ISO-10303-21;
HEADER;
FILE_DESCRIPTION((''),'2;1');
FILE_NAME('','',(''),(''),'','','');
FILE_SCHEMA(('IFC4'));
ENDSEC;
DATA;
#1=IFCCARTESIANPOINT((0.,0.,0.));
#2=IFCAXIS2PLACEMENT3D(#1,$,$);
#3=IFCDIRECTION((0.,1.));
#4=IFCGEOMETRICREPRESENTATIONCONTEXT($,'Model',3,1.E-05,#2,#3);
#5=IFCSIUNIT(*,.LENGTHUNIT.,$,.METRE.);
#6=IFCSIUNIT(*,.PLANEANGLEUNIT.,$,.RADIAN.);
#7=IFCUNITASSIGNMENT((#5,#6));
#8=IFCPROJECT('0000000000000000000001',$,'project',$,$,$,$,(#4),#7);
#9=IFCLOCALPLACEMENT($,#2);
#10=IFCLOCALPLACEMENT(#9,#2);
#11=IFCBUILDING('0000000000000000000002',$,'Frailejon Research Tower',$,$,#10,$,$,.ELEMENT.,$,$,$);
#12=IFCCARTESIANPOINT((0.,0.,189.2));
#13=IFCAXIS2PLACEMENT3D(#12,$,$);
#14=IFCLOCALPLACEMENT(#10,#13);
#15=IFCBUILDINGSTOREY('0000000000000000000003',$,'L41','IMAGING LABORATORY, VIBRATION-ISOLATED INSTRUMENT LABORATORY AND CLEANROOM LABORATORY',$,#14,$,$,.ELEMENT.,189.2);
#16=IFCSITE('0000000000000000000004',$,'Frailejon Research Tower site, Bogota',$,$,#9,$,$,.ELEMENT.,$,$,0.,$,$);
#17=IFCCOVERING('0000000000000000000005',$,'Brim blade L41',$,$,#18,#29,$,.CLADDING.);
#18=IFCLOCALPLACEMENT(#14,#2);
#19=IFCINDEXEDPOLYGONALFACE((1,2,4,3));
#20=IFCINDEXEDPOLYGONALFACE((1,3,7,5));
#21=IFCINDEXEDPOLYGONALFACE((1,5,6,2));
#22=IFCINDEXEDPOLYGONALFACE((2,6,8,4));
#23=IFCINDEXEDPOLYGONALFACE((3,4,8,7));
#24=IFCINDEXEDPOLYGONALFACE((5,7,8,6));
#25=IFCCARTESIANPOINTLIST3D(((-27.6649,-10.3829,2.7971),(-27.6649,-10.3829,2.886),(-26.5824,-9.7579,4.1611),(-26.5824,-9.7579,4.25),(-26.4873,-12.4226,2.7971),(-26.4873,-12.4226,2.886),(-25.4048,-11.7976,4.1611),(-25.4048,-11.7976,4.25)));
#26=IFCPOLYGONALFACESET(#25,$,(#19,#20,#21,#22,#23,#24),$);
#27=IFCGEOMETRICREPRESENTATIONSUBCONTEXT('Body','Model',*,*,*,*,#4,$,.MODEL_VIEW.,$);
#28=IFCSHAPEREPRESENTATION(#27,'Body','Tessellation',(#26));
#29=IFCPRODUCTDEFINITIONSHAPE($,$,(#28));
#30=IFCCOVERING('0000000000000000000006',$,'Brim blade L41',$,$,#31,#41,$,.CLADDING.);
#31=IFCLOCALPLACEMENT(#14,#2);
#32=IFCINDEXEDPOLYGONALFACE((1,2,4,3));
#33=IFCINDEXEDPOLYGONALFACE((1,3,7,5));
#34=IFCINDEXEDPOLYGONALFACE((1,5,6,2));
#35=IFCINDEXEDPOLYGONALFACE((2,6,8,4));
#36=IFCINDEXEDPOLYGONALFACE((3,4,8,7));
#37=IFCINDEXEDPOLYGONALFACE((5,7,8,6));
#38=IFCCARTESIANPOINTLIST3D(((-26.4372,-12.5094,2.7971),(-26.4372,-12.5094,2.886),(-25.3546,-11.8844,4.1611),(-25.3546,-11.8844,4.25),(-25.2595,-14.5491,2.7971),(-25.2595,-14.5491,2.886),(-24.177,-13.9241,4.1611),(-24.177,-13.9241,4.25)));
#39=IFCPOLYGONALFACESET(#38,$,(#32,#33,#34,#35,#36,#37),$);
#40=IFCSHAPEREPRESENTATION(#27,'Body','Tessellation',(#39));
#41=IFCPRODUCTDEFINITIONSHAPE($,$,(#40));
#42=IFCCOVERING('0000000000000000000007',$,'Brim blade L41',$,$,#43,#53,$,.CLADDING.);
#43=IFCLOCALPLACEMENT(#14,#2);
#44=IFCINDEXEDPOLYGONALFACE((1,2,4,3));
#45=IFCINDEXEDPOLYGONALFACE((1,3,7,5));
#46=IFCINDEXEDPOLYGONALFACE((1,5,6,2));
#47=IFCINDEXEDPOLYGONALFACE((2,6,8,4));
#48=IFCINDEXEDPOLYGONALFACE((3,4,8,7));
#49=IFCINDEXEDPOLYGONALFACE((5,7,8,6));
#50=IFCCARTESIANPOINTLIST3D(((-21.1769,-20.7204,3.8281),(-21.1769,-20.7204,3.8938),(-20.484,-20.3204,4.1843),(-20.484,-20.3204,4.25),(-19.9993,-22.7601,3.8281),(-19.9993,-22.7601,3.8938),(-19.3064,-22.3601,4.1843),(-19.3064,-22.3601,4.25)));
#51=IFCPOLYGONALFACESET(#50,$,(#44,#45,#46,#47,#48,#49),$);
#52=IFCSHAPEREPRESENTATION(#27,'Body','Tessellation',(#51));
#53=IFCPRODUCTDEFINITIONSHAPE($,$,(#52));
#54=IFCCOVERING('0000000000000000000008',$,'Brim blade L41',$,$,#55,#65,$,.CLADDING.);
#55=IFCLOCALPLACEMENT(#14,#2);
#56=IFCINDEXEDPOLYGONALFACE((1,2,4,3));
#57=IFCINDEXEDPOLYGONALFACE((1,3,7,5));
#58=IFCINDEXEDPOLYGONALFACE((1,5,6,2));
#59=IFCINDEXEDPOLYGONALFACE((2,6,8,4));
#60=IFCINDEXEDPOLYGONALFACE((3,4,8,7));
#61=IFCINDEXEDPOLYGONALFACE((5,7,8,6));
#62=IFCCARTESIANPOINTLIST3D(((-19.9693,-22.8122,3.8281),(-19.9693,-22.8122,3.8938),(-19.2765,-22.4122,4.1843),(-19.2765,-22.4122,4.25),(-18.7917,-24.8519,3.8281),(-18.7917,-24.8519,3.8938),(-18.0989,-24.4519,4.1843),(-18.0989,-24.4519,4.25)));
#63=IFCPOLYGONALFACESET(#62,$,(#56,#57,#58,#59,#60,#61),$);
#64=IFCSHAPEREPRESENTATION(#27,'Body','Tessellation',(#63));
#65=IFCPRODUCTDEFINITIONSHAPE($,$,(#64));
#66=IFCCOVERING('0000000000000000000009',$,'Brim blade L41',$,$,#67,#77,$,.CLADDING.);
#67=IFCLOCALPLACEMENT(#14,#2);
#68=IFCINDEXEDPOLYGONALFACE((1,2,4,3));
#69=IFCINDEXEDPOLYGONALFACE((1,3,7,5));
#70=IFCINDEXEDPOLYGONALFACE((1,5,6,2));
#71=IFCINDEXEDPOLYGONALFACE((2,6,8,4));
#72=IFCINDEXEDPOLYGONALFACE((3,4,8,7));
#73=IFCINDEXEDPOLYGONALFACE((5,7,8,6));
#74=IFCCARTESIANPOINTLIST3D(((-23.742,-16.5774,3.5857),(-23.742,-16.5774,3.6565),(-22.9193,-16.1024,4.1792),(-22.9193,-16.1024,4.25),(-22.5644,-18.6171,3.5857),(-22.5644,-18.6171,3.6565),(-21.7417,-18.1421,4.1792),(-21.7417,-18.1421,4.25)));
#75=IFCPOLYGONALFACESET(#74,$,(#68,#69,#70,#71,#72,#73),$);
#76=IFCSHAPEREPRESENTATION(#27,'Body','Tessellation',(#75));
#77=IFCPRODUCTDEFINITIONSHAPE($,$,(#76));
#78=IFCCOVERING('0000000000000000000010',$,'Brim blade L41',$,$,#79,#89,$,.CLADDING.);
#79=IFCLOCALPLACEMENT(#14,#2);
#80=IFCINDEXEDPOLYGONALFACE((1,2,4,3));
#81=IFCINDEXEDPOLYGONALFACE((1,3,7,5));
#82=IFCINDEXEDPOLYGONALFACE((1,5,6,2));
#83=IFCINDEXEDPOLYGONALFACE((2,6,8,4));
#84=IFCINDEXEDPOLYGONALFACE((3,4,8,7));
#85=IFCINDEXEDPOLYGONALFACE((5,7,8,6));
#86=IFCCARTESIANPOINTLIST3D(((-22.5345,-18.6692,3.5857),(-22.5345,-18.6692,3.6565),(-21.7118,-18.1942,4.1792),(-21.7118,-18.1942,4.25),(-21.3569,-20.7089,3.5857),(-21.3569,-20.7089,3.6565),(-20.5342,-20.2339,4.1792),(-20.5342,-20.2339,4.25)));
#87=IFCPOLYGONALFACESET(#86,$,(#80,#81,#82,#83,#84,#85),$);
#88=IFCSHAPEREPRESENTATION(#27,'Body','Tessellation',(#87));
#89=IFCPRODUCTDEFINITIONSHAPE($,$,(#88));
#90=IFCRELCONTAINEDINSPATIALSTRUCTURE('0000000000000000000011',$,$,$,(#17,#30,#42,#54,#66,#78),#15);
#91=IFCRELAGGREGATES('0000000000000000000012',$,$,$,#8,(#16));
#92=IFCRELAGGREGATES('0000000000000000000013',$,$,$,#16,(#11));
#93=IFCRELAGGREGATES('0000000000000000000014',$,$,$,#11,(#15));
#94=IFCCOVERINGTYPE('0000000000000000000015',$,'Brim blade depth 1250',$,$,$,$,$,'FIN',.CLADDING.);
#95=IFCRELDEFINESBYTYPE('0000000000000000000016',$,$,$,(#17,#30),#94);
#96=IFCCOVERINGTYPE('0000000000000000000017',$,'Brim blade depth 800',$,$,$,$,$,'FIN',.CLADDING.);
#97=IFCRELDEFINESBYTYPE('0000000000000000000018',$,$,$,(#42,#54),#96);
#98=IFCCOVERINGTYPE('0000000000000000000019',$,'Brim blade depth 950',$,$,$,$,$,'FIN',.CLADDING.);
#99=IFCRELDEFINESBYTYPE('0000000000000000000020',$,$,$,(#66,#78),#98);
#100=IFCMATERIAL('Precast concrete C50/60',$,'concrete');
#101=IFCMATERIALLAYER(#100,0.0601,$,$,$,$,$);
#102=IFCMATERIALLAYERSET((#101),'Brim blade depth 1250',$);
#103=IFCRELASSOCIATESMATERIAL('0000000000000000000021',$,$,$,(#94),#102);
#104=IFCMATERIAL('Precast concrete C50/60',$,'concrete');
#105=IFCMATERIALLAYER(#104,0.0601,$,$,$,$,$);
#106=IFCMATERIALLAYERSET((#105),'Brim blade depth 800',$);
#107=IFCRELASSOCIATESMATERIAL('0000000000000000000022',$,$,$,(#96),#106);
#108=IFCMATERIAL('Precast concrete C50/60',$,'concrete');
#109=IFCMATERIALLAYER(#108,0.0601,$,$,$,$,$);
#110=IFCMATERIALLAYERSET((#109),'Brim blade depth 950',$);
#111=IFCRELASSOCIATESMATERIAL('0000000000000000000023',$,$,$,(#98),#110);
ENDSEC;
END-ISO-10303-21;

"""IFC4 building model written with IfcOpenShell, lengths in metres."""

from ifc_helpers import new_model, si_unit, direction, frame, origin, place, context, subcontext, project, spatial, polyline, outline, extrude, material, layer, layer_set, type_object, element, save


model = new_model("IFC4")

# Units and contexts
model_context = context("Model", 3, precision=1e-05, world=origin(), true_north=direction((0.0, 1.0)))
body_context = subcontext(model_context, "Body", "Model", "MODEL_VIEW")
ifc_project = project(units=[si_unit("LENGTHUNIT", "METRE"), si_unit("PLANEANGLEUNIT", "RADIAN")], contexts=[model_context])

# Site, building, storey
site_placement = place(None, origin())
site = spatial("IfcSite", under=ifc_project, at=site_placement, Name="Frailejon Research Tower site, Bogota", CompositionType="ELEMENT", RefElevation=0.0)
building_placement = place(site_placement, origin())
building = spatial("IfcBuilding", under=site, at=building_placement, Name="Frailejon Research Tower", CompositionType="ELEMENT")
storey_placement = place(building_placement, frame((0.0, 0.0, 189.2)))
storey = spatial("IfcBuildingStorey", under=building, at=storey_placement, Name="L41", Description="IMAGING LABORATORY, VIBRATION-ISOLATED INSTRUMENT LABORATORY AND CLEANROOM LABORATORY", CompositionType="ELEMENT", Elevation=189.2)

# Coverings
ifc_material_1 = material(Name="Precast concrete C50/60", Category="concrete")
ifc_layer_1 = layer(ifc_material_1, 0.0601)
ifc_layer_set_1 = layer_set([ifc_layer_1], Name="Brim blade depth 1250")
covering_type_1 = type_object("IfcCoveringType", Name="Brim blade depth 1250", ElementType="FIN", PredefinedType="CLADDING", material=ifc_layer_set_1)
for number, where, z_axis, x_axis, name in (
    (1, (-25.4048, -11.7976, 4.25), (-0.499997, 0.866027, 0.0), (-0.866027, -0.499997, 0.0), "Brim blade L41"),
    (2, (-24.177, -13.9241, 4.25), (-0.500006, 0.866022, 0.0), (-0.866022, -0.500006, 0.0), "Brim blade L41"),
):
    element("IfcCovering", number, at=place(storey_placement, frame(where, z_axis=z_axis, x_axis=x_axis)), inside=storey, type_object=covering_type_1, Name=name, PredefinedType="CLADDING", context=body_context, shape_type="SweptSolid", body=[
        extrude(outline(polyline([(0.0, -0.0889), (1.25, -1.4529), (1.25, -1.364), (0.0, 0.0), (0.0, -0.0889)])), origin(), (0.0, 0.0, 1.0), 2.3552),
    ])
ifc_material_2 = material(Name="Precast concrete C50/60", Category="concrete")
ifc_layer_2 = layer(ifc_material_2, 0.0601)
ifc_layer_set_2 = layer_set([ifc_layer_2], Name="Brim blade depth 800")
covering_type_2 = type_object("IfcCoveringType", Name="Brim blade depth 800", ElementType="FIN", PredefinedType="CLADDING", material=ifc_layer_set_2)
for number, where, z_axis, x_axis, name in (
    (3, (-19.3064, -22.3601, 4.25), (-0.499997, 0.866027, 0.0), (-0.866027, -0.499997, 0.0), "Brim blade L41"),
    (4, (-18.0989, -24.4519, 4.25), (-0.499997, 0.866027, 0.0), (-0.866027, -0.499997, 0.0), "Brim blade L41"),
):
    element("IfcCovering", number, at=place(storey_placement, frame(where, z_axis=z_axis, x_axis=x_axis)), inside=storey, type_object=covering_type_2, Name=name, PredefinedType="CLADDING", context=body_context, shape_type="SweptSolid", body=[
        extrude(outline(polyline([(0.0, -0.0657), (0.8, -0.4219), (0.8, -0.3562), (0.0, 0.0), (0.0, -0.0657)])), origin(), (0.0, 0.0, 1.0), 2.3552),
    ])
ifc_material_3 = material(Name="Precast concrete C50/60", Category="concrete")
ifc_layer_3 = layer(ifc_material_3, 0.0601)
ifc_layer_set_3 = layer_set([ifc_layer_3], Name="Brim blade depth 950")
covering_type_3 = type_object("IfcCoveringType", Name="Brim blade depth 950", ElementType="FIN", PredefinedType="CLADDING", material=ifc_layer_set_3)
for number, where, z_axis, x_axis, name in (
    (5, (-21.7417, -18.1421, 4.25), (-0.499997, 0.866027, 0.0), (-0.866027, -0.499997, 0.0), "Brim blade L41"),
    (6, (-20.5342, -20.2339, 4.25), (-0.499997, 0.866027, 0.0), (-0.866027, -0.499997, 0.0), "Brim blade L41"),
):
    element("IfcCovering", number, at=place(storey_placement, frame(where, z_axis=z_axis, x_axis=x_axis)), inside=storey, type_object=covering_type_3, Name=name, PredefinedType="CLADDING", context=body_context, shape_type="SweptSolid", body=[
        extrude(outline(polyline([(0.0, -0.0708), (0.95, -0.6643), (0.95, -0.5935), (0.0, 0.0), (0.0, -0.0708)])), origin(), (0.0, 0.0, 1.0), 2.3552),
    ])

save(model, "model.ifc")
